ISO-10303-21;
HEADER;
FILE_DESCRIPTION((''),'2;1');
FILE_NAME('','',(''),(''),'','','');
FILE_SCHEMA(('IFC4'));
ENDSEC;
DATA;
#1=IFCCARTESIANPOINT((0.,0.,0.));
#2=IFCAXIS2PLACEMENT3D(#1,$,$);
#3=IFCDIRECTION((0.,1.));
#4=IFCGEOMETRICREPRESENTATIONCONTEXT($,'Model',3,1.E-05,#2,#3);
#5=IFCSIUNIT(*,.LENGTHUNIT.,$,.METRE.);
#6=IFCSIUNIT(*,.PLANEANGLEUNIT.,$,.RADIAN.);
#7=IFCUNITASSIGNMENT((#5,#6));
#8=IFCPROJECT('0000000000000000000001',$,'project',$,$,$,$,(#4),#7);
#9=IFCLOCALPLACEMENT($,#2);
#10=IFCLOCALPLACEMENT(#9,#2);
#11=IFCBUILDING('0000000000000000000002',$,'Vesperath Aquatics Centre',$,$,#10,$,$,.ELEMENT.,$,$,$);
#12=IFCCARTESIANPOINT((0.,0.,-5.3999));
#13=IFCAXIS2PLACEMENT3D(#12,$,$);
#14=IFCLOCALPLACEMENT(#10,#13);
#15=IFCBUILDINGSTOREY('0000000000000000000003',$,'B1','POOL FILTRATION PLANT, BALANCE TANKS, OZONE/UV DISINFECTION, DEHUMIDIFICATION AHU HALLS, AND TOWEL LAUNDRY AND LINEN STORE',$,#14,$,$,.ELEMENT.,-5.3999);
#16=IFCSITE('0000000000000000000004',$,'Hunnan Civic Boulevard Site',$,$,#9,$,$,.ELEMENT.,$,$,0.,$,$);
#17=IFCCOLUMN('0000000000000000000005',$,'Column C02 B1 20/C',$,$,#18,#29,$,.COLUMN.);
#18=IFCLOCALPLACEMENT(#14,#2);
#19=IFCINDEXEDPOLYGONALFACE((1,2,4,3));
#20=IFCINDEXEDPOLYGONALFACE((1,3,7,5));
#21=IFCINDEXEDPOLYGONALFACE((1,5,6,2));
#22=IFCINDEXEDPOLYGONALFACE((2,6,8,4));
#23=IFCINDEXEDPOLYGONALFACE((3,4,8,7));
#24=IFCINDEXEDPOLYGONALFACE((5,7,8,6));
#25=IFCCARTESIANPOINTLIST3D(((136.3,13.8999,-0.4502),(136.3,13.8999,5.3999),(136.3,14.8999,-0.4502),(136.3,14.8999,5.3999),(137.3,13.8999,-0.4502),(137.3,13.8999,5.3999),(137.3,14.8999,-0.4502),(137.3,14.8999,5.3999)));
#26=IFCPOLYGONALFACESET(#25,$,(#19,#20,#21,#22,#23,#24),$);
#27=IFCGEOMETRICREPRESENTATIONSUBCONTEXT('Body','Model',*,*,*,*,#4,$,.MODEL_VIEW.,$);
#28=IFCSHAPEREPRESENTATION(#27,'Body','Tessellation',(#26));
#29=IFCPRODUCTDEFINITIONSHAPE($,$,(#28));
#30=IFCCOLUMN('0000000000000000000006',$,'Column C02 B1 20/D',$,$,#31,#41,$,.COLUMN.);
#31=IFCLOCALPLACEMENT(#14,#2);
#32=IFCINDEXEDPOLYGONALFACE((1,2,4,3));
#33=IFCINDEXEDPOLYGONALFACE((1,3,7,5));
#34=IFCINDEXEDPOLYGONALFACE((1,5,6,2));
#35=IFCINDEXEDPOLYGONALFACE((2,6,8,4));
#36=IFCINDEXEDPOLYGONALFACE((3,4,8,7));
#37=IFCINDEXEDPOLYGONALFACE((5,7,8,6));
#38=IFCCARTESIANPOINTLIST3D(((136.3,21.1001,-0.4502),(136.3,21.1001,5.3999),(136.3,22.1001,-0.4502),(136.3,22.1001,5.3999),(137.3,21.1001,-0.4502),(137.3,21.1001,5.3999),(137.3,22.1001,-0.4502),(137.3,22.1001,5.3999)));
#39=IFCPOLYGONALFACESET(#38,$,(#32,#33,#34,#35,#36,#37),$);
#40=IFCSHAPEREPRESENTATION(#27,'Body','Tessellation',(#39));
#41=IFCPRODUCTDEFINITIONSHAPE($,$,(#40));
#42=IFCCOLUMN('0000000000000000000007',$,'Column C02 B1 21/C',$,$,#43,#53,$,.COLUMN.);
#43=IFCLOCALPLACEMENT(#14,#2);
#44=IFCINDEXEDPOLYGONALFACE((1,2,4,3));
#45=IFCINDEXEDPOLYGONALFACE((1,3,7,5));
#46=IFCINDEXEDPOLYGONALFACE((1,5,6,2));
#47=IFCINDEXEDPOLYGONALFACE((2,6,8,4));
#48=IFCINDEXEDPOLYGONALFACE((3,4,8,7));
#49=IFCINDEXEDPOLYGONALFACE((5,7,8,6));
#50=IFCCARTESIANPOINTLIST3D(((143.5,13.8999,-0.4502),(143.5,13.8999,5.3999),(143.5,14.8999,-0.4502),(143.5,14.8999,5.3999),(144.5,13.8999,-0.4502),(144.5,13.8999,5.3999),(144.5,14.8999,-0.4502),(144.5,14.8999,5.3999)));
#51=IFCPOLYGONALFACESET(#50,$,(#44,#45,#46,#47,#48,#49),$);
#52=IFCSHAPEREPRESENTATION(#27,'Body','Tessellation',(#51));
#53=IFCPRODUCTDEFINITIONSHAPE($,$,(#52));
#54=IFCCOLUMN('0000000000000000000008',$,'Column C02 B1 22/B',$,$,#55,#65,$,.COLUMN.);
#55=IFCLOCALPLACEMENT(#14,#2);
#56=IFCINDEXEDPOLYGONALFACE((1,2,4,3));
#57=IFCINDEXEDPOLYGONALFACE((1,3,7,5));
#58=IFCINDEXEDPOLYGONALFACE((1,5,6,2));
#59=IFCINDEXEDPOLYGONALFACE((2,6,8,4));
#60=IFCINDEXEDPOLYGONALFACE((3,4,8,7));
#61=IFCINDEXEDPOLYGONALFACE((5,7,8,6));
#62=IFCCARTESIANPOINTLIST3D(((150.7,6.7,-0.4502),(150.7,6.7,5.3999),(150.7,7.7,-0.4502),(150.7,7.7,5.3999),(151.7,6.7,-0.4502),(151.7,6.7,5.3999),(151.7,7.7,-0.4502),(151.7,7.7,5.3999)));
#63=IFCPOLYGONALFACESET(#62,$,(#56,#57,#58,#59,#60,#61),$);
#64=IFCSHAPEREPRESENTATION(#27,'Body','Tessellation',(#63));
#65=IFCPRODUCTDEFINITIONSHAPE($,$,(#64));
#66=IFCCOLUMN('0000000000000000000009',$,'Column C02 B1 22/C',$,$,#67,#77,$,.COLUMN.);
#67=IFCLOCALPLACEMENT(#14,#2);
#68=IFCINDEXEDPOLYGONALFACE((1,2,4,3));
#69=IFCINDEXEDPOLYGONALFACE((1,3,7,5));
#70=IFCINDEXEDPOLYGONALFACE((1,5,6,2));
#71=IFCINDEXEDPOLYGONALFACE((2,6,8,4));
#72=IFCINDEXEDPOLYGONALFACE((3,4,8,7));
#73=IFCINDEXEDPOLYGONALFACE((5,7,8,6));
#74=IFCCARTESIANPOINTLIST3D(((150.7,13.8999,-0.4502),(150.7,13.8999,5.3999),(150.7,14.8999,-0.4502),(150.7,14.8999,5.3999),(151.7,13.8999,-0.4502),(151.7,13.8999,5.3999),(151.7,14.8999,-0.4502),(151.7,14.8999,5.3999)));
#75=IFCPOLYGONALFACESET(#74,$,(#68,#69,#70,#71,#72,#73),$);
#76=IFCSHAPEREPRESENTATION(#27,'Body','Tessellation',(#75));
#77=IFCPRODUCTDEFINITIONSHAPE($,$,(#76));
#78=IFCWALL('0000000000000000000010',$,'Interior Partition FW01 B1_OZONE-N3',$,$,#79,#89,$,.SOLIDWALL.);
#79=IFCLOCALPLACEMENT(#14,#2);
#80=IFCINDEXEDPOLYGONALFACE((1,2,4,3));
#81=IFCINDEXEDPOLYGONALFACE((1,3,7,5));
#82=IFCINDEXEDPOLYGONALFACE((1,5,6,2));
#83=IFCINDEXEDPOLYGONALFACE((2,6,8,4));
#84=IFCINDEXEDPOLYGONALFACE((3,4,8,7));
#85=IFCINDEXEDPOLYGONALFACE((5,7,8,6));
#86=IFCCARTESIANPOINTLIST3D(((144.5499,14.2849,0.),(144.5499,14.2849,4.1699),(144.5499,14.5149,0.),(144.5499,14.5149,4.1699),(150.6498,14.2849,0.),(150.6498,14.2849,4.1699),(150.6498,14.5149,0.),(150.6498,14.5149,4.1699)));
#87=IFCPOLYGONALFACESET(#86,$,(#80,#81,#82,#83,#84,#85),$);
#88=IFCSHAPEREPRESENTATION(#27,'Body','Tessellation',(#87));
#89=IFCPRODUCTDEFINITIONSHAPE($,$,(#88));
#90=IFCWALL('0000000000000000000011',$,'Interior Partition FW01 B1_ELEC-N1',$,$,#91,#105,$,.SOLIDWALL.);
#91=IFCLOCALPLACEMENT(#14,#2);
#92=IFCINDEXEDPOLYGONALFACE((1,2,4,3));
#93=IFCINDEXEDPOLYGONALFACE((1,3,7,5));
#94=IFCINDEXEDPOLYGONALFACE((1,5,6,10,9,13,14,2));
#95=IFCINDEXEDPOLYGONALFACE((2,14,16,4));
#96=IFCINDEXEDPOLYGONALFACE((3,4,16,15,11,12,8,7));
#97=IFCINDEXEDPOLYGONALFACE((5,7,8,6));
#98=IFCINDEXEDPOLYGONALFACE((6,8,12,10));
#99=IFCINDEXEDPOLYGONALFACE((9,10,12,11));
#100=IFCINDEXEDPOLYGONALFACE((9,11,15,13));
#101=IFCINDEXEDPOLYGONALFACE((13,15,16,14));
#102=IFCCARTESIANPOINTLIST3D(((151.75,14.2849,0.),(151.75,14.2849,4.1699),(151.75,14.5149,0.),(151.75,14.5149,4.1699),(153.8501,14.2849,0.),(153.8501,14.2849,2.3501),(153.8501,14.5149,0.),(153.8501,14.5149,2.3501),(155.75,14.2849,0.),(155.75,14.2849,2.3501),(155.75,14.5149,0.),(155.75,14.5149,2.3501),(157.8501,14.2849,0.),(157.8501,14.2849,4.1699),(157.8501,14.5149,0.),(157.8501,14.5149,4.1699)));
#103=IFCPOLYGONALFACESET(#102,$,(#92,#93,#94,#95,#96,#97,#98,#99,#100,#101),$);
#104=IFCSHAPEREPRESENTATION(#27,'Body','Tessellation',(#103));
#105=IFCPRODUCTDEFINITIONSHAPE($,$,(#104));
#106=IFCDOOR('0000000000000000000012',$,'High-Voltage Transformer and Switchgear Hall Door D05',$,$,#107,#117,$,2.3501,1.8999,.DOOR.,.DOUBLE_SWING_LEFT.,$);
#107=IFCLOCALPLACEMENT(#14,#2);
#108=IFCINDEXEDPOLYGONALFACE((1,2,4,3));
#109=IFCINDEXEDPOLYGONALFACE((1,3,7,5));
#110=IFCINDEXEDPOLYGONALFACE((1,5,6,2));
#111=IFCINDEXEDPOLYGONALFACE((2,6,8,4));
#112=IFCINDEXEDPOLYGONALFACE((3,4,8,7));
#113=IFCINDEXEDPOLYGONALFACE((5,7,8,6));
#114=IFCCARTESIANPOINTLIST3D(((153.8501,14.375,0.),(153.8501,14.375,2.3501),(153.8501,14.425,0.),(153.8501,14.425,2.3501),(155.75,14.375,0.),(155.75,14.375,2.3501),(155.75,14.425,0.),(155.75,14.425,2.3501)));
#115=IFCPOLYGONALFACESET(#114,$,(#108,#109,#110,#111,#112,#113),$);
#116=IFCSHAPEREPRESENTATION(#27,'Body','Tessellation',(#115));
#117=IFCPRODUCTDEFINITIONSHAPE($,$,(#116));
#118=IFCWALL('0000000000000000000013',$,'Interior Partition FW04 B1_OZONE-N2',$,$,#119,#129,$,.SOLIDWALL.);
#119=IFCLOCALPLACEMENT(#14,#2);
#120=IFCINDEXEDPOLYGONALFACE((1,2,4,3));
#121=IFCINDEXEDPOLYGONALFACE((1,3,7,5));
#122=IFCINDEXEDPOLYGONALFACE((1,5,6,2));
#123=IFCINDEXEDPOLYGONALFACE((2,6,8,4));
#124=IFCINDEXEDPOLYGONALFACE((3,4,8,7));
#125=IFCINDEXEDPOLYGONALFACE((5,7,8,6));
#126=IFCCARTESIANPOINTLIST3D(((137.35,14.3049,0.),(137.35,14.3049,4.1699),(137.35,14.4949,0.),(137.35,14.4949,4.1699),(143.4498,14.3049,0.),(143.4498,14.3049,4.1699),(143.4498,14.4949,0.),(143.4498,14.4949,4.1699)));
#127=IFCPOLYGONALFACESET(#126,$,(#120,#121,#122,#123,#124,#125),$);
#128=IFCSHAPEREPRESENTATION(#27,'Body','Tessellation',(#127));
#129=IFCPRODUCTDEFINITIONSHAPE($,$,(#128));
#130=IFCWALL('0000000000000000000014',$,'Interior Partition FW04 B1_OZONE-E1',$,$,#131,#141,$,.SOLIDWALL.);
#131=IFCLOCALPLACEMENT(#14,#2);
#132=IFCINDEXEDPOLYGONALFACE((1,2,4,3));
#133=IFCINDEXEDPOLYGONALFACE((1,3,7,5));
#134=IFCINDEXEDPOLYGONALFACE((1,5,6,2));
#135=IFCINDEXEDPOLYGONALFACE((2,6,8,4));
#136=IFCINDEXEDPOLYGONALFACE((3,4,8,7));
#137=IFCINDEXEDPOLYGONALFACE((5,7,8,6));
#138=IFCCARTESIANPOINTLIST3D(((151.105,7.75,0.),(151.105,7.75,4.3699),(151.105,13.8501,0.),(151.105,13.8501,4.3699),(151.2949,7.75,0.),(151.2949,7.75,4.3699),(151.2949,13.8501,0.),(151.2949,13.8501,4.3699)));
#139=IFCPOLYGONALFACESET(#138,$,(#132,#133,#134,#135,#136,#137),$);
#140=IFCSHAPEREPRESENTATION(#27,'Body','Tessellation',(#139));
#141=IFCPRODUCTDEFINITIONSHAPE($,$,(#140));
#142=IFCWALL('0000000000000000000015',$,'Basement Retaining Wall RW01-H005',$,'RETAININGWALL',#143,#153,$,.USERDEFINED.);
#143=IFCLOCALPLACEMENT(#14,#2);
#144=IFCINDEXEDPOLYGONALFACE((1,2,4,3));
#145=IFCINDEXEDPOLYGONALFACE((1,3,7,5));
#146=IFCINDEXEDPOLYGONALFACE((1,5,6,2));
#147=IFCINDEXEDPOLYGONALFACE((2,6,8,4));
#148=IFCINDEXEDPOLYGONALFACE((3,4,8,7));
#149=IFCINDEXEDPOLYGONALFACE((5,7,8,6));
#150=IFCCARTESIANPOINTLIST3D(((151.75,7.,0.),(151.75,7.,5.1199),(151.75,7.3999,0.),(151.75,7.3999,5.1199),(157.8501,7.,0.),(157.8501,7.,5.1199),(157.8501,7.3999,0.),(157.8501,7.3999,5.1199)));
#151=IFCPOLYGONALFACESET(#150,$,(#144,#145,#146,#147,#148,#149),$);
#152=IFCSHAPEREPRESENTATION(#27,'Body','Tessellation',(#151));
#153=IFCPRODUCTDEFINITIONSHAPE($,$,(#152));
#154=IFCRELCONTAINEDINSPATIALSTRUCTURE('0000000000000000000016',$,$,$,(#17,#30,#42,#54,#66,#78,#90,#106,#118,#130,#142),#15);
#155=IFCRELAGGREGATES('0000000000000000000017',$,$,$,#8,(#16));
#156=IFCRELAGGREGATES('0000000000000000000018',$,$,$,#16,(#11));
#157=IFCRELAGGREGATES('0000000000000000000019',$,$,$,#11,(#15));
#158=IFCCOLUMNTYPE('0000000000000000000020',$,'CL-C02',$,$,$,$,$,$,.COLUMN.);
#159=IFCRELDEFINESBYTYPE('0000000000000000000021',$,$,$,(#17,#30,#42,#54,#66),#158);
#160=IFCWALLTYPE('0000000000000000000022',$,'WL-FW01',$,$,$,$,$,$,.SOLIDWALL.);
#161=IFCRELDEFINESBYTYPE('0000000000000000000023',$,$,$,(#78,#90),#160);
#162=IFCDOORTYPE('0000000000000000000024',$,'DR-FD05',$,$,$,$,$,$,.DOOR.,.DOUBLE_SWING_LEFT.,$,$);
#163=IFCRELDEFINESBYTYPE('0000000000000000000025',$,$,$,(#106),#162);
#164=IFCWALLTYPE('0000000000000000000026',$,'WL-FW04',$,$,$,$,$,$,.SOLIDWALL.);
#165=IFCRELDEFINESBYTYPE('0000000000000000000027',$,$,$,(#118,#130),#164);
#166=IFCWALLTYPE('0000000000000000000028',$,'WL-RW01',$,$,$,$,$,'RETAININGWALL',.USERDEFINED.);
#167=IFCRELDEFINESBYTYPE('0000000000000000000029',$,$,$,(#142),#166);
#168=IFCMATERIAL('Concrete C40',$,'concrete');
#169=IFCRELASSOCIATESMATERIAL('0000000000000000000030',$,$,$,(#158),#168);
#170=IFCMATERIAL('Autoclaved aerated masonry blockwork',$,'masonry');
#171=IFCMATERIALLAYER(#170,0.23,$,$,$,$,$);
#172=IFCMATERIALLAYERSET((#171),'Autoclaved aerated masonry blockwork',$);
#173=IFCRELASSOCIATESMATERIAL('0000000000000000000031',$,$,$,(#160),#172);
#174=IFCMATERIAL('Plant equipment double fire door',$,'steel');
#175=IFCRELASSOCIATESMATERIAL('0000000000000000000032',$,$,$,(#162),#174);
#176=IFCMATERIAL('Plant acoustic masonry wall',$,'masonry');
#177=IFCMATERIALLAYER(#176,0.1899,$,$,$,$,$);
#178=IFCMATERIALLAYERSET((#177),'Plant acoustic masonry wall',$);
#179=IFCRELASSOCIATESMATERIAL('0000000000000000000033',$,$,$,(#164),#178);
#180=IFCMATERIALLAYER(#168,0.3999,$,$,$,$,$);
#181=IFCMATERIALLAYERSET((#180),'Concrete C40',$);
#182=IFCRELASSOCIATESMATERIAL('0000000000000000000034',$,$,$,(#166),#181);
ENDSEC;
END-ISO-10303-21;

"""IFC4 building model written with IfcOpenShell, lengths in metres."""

from ifc_helpers import new_model, si_unit, direction, frame, frame_2d, origin, origin_2d, place, context, subcontext, project, spatial, rectangle, extrude, material, layer, layer_set, material_profile, profile_set, type_object, element, fill, save


model = new_model("IFC4")

# Units and contexts
model_context = context("Model", 3, precision=1e-05, world=origin(), true_north=direction((0.0, 1.0)))
body_context = subcontext(model_context, "Body", "Model", "MODEL_VIEW")
ifc_project = project(units=[si_unit("LENGTHUNIT", "METRE"), si_unit("PLANEANGLEUNIT", "RADIAN")], contexts=[model_context])

# Site, building, storey
site_placement = place(None, origin())
site = spatial("IfcSite", under=ifc_project, at=site_placement, Name="Hunnan Civic Boulevard Site", CompositionType="ELEMENT", RefElevation=0.0)
building_placement = place(site_placement, origin())
building = spatial("IfcBuilding", under=site, at=building_placement, Name="Vesperath Aquatics Centre", CompositionType="ELEMENT")
storey_placement = place(building_placement, frame((0.0, 0.0, -5.3999)))
storey = spatial("IfcBuildingStorey", under=building, at=storey_placement, Name="B1", Description="POOL FILTRATION PLANT, BALANCE TANKS, OZONE/UV DISINFECTION, DEHUMIDIFICATION AHU HALLS, AND TOWEL LAUNDRY AND LINEN STORE", CompositionType="ELEMENT", Elevation=-5.3999)

# Shared definitions
ifc_material_1 = material(Name="Concrete C40", Category="concrete")

# Columns
ifc_material_profile_1 = material_profile(ifc_material_1, rectangle(XDim=1.0, YDim=1.0, at=origin_2d()), Name="RC 1000x1000")
ifc_profile_set_1 = profile_set([ifc_material_profile_1], Name="Concrete C40")
column_type = type_object("IfcColumnType", Name="CL-C02", PredefinedType="COLUMN", material=ifc_profile_set_1)
for number, where, z_axis, x_axis, name in (
    (1, (136.8, 14.3999, -0.4502), (0.0, 0.0, 1.0), (1.0, 0.0, 0.0), "Column C02 B1 20/C"),
    (2, (136.8, 21.6001, -0.4502), (0.0, 0.0, 1.0), (1.0, 0.0, 0.0), "Column C02 B1 20/D"),
    (3, (144.0, 14.3999, -0.4502), (0.0, 0.0, 1.0), (1.0, 0.0, 0.0), "Column C02 B1 21/C"),
    (4, (151.2, 7.2, -0.4502), (0.0, 0.0, 1.0), (1.0, 0.0, 0.0), "Column C02 B1 22/B"),
    (5, (151.2, 14.3999, -0.4502), (0.0, 0.0, 1.0), (1.0, 0.0, 0.0), "Column C02 B1 22/C"),
):
    element("IfcColumn", number, at=place(storey_placement, frame(where, z_axis=z_axis, x_axis=x_axis)), inside=storey, type_object=column_type, Name=name, PredefinedType="COLUMN", context=body_context, shape_type="SweptSolid", body=[
        extrude(rectangle(XDim=1.0, YDim=1.0, at=origin_2d()), origin(), (0.0, 0.0, 1.0), 5.8501),
    ])

# Wall
ifc_material_2 = material(Name="Autoclaved aerated masonry blockwork", Category="masonry")
ifc_layer_1 = layer(ifc_material_2, 0.23)
ifc_layer_set_1 = layer_set([ifc_layer_1], Name="Autoclaved aerated masonry blockwork")
wall_type_1 = type_object("IfcWallType", Name="WL-FW01", PredefinedType="SOLIDWALL", material=ifc_layer_set_1)
wall_1_placement = place(storey_placement, frame((144.55, 14.3999, 0.0), z_axis=(0.0, 0.0, 1.0), x_axis=(1.0, 0.0, 0.0)))
element("IfcWall", 6, at=wall_1_placement, inside=storey, type_object=wall_type_1, Name="Interior Partition FW01 B1_OZONE-N3", PredefinedType="SOLIDWALL", context=body_context, shape_type="SweptSolid", body=[
    extrude(rectangle(XDim=6.0999, YDim=0.23, at=frame_2d((3.0498, 0.0))), origin(), (0.0, 0.0, 1.0), 4.1699),
])

# Wall, opening, door
wall_2_placement = place(storey_placement, frame((151.75, 14.3999, 0.0), z_axis=(0.0, 0.0, 1.0), x_axis=(1.0, 0.0, 0.0)))
wall_2 = element("IfcWall", 7, at=wall_2_placement, inside=storey, type_object=wall_type_1, Name="Interior Partition FW01 B1_ELEC-N1", PredefinedType="SOLIDWALL", context=body_context, shape_type="SweptSolid", body=[
    extrude(rectangle(XDim=6.1001, YDim=0.23, at=frame_2d((3.05, 0.0))), origin(), (0.0, 0.0, 1.0), 4.1699),
])
opening_placement = place(wall_2_placement, frame((2.1001, 0.0, 0.0)))
opening = element("IfcOpeningElement", 8, at=opening_placement, cuts=wall_2, PredefinedType="OPENING", context=body_context, shape_type="SweptSolid", body=[
    extrude(rectangle(XDim=1.8999, YDim=2.3501, at=frame_2d((0.95, 1.175))), frame((0.0, 0.1299, 0.0), z_axis=(0.0, -1.0, 0.0), x_axis=(1.0, 0.0, 0.0)), (0.0, 0.0, 1.0), 0.2598),
])
ifc_material_3 = material(Name="Plant equipment double fire door", Category="steel")
door_type = type_object("IfcDoorType", Name="DR-FD05", OperationType="DOUBLE_SWING_LEFT", PredefinedType="DOOR", material=ifc_material_3)
door_placement = place(opening_placement, frame((1.8999, 0.0, 0.0), z_axis=(0.0, 0.0, 1.0), x_axis=(-1.0, 0.0, 0.0)))
door = element("IfcDoor", 9, at=door_placement, inside=storey, type_object=door_type, Name="High-Voltage Transformer and Switchgear Hall Door D05", OperationType="DOUBLE_SWING_LEFT", OverallHeight=2.3501, OverallWidth=1.8999, PredefinedType="DOOR", context=body_context, shape_type="SweptSolid", body=[
    extrude(rectangle(XDim=1.8999, YDim=2.3501, at=frame_2d((0.95, 1.175))), frame((0.0, 0.0249, 0.0), z_axis=(0.0, -1.0, 0.0), x_axis=(1.0, 0.0, 0.0)), (0.0, 0.0, 1.0), 0.05),
])
fill(opening, door)

# Walls
ifc_material_4 = material(Name="Plant acoustic masonry wall", Category="masonry")
ifc_layer_2 = layer(ifc_material_4, 0.1899)
ifc_layer_set_2 = layer_set([ifc_layer_2], Name="Plant acoustic masonry wall")
wall_type_2 = type_object("IfcWallType", Name="WL-FW04", PredefinedType="SOLIDWALL", material=ifc_layer_set_2)
wall_3_placement = place(storey_placement, frame((137.3501, 14.3999, 0.0), z_axis=(0.0, 0.0, 1.0), x_axis=(1.0, 0.0, 0.0)))
element("IfcWall", 10, at=wall_3_placement, inside=storey, type_object=wall_type_2, Name="Interior Partition FW04 B1_OZONE-N2", PredefinedType="SOLIDWALL", context=body_context, shape_type="SweptSolid", body=[
    extrude(rectangle(XDim=6.0999, YDim=0.1899, at=frame_2d((3.0498, 0.0))), origin(), (0.0, 0.0, 1.0), 4.1699),
])
wall_4_placement = place(storey_placement, frame((151.2, 7.75, 0.0), z_axis=(0.0, 0.0, 1.0), x_axis=(0.0, 1.0, 0.0)))
element("IfcWall", 11, at=wall_4_placement, inside=storey, type_object=wall_type_2, Name="Interior Partition FW04 B1_OZONE-E1", PredefinedType="SOLIDWALL", context=body_context, shape_type="SweptSolid", body=[
    extrude(rectangle(XDim=6.1001, YDim=0.1899, at=frame_2d((3.05, 0.0))), origin(), (0.0, 0.0, 1.0), 4.3699),
])
ifc_layer_3 = layer(ifc_material_1, 0.3999)
ifc_layer_set_3 = layer_set([ifc_layer_3], Name="Concrete C40")
wall_type_3 = type_object("IfcWallType", Name="WL-RW01", ElementType="RETAININGWALL", PredefinedType="USERDEFINED", material=ifc_layer_set_3)
wall_5_placement = place(storey_placement, frame((151.75, 7.2, 0.0), z_axis=(0.0, 0.0, 1.0), x_axis=(1.0, 0.0, 0.0)))
element("IfcWall", 12, at=wall_5_placement, inside=storey, type_object=wall_type_3, Name="Basement Retaining Wall RW01-H005", ObjectType="RETAININGWALL", PredefinedType="USERDEFINED", context=body_context, shape_type="SweptSolid", body=[
    extrude(rectangle(XDim=6.1001, YDim=0.3999, at=frame_2d((3.05, 0.0))), origin(), (0.0, 0.0, 1.0), 5.1199),
])

save(model, "model.ifc")
